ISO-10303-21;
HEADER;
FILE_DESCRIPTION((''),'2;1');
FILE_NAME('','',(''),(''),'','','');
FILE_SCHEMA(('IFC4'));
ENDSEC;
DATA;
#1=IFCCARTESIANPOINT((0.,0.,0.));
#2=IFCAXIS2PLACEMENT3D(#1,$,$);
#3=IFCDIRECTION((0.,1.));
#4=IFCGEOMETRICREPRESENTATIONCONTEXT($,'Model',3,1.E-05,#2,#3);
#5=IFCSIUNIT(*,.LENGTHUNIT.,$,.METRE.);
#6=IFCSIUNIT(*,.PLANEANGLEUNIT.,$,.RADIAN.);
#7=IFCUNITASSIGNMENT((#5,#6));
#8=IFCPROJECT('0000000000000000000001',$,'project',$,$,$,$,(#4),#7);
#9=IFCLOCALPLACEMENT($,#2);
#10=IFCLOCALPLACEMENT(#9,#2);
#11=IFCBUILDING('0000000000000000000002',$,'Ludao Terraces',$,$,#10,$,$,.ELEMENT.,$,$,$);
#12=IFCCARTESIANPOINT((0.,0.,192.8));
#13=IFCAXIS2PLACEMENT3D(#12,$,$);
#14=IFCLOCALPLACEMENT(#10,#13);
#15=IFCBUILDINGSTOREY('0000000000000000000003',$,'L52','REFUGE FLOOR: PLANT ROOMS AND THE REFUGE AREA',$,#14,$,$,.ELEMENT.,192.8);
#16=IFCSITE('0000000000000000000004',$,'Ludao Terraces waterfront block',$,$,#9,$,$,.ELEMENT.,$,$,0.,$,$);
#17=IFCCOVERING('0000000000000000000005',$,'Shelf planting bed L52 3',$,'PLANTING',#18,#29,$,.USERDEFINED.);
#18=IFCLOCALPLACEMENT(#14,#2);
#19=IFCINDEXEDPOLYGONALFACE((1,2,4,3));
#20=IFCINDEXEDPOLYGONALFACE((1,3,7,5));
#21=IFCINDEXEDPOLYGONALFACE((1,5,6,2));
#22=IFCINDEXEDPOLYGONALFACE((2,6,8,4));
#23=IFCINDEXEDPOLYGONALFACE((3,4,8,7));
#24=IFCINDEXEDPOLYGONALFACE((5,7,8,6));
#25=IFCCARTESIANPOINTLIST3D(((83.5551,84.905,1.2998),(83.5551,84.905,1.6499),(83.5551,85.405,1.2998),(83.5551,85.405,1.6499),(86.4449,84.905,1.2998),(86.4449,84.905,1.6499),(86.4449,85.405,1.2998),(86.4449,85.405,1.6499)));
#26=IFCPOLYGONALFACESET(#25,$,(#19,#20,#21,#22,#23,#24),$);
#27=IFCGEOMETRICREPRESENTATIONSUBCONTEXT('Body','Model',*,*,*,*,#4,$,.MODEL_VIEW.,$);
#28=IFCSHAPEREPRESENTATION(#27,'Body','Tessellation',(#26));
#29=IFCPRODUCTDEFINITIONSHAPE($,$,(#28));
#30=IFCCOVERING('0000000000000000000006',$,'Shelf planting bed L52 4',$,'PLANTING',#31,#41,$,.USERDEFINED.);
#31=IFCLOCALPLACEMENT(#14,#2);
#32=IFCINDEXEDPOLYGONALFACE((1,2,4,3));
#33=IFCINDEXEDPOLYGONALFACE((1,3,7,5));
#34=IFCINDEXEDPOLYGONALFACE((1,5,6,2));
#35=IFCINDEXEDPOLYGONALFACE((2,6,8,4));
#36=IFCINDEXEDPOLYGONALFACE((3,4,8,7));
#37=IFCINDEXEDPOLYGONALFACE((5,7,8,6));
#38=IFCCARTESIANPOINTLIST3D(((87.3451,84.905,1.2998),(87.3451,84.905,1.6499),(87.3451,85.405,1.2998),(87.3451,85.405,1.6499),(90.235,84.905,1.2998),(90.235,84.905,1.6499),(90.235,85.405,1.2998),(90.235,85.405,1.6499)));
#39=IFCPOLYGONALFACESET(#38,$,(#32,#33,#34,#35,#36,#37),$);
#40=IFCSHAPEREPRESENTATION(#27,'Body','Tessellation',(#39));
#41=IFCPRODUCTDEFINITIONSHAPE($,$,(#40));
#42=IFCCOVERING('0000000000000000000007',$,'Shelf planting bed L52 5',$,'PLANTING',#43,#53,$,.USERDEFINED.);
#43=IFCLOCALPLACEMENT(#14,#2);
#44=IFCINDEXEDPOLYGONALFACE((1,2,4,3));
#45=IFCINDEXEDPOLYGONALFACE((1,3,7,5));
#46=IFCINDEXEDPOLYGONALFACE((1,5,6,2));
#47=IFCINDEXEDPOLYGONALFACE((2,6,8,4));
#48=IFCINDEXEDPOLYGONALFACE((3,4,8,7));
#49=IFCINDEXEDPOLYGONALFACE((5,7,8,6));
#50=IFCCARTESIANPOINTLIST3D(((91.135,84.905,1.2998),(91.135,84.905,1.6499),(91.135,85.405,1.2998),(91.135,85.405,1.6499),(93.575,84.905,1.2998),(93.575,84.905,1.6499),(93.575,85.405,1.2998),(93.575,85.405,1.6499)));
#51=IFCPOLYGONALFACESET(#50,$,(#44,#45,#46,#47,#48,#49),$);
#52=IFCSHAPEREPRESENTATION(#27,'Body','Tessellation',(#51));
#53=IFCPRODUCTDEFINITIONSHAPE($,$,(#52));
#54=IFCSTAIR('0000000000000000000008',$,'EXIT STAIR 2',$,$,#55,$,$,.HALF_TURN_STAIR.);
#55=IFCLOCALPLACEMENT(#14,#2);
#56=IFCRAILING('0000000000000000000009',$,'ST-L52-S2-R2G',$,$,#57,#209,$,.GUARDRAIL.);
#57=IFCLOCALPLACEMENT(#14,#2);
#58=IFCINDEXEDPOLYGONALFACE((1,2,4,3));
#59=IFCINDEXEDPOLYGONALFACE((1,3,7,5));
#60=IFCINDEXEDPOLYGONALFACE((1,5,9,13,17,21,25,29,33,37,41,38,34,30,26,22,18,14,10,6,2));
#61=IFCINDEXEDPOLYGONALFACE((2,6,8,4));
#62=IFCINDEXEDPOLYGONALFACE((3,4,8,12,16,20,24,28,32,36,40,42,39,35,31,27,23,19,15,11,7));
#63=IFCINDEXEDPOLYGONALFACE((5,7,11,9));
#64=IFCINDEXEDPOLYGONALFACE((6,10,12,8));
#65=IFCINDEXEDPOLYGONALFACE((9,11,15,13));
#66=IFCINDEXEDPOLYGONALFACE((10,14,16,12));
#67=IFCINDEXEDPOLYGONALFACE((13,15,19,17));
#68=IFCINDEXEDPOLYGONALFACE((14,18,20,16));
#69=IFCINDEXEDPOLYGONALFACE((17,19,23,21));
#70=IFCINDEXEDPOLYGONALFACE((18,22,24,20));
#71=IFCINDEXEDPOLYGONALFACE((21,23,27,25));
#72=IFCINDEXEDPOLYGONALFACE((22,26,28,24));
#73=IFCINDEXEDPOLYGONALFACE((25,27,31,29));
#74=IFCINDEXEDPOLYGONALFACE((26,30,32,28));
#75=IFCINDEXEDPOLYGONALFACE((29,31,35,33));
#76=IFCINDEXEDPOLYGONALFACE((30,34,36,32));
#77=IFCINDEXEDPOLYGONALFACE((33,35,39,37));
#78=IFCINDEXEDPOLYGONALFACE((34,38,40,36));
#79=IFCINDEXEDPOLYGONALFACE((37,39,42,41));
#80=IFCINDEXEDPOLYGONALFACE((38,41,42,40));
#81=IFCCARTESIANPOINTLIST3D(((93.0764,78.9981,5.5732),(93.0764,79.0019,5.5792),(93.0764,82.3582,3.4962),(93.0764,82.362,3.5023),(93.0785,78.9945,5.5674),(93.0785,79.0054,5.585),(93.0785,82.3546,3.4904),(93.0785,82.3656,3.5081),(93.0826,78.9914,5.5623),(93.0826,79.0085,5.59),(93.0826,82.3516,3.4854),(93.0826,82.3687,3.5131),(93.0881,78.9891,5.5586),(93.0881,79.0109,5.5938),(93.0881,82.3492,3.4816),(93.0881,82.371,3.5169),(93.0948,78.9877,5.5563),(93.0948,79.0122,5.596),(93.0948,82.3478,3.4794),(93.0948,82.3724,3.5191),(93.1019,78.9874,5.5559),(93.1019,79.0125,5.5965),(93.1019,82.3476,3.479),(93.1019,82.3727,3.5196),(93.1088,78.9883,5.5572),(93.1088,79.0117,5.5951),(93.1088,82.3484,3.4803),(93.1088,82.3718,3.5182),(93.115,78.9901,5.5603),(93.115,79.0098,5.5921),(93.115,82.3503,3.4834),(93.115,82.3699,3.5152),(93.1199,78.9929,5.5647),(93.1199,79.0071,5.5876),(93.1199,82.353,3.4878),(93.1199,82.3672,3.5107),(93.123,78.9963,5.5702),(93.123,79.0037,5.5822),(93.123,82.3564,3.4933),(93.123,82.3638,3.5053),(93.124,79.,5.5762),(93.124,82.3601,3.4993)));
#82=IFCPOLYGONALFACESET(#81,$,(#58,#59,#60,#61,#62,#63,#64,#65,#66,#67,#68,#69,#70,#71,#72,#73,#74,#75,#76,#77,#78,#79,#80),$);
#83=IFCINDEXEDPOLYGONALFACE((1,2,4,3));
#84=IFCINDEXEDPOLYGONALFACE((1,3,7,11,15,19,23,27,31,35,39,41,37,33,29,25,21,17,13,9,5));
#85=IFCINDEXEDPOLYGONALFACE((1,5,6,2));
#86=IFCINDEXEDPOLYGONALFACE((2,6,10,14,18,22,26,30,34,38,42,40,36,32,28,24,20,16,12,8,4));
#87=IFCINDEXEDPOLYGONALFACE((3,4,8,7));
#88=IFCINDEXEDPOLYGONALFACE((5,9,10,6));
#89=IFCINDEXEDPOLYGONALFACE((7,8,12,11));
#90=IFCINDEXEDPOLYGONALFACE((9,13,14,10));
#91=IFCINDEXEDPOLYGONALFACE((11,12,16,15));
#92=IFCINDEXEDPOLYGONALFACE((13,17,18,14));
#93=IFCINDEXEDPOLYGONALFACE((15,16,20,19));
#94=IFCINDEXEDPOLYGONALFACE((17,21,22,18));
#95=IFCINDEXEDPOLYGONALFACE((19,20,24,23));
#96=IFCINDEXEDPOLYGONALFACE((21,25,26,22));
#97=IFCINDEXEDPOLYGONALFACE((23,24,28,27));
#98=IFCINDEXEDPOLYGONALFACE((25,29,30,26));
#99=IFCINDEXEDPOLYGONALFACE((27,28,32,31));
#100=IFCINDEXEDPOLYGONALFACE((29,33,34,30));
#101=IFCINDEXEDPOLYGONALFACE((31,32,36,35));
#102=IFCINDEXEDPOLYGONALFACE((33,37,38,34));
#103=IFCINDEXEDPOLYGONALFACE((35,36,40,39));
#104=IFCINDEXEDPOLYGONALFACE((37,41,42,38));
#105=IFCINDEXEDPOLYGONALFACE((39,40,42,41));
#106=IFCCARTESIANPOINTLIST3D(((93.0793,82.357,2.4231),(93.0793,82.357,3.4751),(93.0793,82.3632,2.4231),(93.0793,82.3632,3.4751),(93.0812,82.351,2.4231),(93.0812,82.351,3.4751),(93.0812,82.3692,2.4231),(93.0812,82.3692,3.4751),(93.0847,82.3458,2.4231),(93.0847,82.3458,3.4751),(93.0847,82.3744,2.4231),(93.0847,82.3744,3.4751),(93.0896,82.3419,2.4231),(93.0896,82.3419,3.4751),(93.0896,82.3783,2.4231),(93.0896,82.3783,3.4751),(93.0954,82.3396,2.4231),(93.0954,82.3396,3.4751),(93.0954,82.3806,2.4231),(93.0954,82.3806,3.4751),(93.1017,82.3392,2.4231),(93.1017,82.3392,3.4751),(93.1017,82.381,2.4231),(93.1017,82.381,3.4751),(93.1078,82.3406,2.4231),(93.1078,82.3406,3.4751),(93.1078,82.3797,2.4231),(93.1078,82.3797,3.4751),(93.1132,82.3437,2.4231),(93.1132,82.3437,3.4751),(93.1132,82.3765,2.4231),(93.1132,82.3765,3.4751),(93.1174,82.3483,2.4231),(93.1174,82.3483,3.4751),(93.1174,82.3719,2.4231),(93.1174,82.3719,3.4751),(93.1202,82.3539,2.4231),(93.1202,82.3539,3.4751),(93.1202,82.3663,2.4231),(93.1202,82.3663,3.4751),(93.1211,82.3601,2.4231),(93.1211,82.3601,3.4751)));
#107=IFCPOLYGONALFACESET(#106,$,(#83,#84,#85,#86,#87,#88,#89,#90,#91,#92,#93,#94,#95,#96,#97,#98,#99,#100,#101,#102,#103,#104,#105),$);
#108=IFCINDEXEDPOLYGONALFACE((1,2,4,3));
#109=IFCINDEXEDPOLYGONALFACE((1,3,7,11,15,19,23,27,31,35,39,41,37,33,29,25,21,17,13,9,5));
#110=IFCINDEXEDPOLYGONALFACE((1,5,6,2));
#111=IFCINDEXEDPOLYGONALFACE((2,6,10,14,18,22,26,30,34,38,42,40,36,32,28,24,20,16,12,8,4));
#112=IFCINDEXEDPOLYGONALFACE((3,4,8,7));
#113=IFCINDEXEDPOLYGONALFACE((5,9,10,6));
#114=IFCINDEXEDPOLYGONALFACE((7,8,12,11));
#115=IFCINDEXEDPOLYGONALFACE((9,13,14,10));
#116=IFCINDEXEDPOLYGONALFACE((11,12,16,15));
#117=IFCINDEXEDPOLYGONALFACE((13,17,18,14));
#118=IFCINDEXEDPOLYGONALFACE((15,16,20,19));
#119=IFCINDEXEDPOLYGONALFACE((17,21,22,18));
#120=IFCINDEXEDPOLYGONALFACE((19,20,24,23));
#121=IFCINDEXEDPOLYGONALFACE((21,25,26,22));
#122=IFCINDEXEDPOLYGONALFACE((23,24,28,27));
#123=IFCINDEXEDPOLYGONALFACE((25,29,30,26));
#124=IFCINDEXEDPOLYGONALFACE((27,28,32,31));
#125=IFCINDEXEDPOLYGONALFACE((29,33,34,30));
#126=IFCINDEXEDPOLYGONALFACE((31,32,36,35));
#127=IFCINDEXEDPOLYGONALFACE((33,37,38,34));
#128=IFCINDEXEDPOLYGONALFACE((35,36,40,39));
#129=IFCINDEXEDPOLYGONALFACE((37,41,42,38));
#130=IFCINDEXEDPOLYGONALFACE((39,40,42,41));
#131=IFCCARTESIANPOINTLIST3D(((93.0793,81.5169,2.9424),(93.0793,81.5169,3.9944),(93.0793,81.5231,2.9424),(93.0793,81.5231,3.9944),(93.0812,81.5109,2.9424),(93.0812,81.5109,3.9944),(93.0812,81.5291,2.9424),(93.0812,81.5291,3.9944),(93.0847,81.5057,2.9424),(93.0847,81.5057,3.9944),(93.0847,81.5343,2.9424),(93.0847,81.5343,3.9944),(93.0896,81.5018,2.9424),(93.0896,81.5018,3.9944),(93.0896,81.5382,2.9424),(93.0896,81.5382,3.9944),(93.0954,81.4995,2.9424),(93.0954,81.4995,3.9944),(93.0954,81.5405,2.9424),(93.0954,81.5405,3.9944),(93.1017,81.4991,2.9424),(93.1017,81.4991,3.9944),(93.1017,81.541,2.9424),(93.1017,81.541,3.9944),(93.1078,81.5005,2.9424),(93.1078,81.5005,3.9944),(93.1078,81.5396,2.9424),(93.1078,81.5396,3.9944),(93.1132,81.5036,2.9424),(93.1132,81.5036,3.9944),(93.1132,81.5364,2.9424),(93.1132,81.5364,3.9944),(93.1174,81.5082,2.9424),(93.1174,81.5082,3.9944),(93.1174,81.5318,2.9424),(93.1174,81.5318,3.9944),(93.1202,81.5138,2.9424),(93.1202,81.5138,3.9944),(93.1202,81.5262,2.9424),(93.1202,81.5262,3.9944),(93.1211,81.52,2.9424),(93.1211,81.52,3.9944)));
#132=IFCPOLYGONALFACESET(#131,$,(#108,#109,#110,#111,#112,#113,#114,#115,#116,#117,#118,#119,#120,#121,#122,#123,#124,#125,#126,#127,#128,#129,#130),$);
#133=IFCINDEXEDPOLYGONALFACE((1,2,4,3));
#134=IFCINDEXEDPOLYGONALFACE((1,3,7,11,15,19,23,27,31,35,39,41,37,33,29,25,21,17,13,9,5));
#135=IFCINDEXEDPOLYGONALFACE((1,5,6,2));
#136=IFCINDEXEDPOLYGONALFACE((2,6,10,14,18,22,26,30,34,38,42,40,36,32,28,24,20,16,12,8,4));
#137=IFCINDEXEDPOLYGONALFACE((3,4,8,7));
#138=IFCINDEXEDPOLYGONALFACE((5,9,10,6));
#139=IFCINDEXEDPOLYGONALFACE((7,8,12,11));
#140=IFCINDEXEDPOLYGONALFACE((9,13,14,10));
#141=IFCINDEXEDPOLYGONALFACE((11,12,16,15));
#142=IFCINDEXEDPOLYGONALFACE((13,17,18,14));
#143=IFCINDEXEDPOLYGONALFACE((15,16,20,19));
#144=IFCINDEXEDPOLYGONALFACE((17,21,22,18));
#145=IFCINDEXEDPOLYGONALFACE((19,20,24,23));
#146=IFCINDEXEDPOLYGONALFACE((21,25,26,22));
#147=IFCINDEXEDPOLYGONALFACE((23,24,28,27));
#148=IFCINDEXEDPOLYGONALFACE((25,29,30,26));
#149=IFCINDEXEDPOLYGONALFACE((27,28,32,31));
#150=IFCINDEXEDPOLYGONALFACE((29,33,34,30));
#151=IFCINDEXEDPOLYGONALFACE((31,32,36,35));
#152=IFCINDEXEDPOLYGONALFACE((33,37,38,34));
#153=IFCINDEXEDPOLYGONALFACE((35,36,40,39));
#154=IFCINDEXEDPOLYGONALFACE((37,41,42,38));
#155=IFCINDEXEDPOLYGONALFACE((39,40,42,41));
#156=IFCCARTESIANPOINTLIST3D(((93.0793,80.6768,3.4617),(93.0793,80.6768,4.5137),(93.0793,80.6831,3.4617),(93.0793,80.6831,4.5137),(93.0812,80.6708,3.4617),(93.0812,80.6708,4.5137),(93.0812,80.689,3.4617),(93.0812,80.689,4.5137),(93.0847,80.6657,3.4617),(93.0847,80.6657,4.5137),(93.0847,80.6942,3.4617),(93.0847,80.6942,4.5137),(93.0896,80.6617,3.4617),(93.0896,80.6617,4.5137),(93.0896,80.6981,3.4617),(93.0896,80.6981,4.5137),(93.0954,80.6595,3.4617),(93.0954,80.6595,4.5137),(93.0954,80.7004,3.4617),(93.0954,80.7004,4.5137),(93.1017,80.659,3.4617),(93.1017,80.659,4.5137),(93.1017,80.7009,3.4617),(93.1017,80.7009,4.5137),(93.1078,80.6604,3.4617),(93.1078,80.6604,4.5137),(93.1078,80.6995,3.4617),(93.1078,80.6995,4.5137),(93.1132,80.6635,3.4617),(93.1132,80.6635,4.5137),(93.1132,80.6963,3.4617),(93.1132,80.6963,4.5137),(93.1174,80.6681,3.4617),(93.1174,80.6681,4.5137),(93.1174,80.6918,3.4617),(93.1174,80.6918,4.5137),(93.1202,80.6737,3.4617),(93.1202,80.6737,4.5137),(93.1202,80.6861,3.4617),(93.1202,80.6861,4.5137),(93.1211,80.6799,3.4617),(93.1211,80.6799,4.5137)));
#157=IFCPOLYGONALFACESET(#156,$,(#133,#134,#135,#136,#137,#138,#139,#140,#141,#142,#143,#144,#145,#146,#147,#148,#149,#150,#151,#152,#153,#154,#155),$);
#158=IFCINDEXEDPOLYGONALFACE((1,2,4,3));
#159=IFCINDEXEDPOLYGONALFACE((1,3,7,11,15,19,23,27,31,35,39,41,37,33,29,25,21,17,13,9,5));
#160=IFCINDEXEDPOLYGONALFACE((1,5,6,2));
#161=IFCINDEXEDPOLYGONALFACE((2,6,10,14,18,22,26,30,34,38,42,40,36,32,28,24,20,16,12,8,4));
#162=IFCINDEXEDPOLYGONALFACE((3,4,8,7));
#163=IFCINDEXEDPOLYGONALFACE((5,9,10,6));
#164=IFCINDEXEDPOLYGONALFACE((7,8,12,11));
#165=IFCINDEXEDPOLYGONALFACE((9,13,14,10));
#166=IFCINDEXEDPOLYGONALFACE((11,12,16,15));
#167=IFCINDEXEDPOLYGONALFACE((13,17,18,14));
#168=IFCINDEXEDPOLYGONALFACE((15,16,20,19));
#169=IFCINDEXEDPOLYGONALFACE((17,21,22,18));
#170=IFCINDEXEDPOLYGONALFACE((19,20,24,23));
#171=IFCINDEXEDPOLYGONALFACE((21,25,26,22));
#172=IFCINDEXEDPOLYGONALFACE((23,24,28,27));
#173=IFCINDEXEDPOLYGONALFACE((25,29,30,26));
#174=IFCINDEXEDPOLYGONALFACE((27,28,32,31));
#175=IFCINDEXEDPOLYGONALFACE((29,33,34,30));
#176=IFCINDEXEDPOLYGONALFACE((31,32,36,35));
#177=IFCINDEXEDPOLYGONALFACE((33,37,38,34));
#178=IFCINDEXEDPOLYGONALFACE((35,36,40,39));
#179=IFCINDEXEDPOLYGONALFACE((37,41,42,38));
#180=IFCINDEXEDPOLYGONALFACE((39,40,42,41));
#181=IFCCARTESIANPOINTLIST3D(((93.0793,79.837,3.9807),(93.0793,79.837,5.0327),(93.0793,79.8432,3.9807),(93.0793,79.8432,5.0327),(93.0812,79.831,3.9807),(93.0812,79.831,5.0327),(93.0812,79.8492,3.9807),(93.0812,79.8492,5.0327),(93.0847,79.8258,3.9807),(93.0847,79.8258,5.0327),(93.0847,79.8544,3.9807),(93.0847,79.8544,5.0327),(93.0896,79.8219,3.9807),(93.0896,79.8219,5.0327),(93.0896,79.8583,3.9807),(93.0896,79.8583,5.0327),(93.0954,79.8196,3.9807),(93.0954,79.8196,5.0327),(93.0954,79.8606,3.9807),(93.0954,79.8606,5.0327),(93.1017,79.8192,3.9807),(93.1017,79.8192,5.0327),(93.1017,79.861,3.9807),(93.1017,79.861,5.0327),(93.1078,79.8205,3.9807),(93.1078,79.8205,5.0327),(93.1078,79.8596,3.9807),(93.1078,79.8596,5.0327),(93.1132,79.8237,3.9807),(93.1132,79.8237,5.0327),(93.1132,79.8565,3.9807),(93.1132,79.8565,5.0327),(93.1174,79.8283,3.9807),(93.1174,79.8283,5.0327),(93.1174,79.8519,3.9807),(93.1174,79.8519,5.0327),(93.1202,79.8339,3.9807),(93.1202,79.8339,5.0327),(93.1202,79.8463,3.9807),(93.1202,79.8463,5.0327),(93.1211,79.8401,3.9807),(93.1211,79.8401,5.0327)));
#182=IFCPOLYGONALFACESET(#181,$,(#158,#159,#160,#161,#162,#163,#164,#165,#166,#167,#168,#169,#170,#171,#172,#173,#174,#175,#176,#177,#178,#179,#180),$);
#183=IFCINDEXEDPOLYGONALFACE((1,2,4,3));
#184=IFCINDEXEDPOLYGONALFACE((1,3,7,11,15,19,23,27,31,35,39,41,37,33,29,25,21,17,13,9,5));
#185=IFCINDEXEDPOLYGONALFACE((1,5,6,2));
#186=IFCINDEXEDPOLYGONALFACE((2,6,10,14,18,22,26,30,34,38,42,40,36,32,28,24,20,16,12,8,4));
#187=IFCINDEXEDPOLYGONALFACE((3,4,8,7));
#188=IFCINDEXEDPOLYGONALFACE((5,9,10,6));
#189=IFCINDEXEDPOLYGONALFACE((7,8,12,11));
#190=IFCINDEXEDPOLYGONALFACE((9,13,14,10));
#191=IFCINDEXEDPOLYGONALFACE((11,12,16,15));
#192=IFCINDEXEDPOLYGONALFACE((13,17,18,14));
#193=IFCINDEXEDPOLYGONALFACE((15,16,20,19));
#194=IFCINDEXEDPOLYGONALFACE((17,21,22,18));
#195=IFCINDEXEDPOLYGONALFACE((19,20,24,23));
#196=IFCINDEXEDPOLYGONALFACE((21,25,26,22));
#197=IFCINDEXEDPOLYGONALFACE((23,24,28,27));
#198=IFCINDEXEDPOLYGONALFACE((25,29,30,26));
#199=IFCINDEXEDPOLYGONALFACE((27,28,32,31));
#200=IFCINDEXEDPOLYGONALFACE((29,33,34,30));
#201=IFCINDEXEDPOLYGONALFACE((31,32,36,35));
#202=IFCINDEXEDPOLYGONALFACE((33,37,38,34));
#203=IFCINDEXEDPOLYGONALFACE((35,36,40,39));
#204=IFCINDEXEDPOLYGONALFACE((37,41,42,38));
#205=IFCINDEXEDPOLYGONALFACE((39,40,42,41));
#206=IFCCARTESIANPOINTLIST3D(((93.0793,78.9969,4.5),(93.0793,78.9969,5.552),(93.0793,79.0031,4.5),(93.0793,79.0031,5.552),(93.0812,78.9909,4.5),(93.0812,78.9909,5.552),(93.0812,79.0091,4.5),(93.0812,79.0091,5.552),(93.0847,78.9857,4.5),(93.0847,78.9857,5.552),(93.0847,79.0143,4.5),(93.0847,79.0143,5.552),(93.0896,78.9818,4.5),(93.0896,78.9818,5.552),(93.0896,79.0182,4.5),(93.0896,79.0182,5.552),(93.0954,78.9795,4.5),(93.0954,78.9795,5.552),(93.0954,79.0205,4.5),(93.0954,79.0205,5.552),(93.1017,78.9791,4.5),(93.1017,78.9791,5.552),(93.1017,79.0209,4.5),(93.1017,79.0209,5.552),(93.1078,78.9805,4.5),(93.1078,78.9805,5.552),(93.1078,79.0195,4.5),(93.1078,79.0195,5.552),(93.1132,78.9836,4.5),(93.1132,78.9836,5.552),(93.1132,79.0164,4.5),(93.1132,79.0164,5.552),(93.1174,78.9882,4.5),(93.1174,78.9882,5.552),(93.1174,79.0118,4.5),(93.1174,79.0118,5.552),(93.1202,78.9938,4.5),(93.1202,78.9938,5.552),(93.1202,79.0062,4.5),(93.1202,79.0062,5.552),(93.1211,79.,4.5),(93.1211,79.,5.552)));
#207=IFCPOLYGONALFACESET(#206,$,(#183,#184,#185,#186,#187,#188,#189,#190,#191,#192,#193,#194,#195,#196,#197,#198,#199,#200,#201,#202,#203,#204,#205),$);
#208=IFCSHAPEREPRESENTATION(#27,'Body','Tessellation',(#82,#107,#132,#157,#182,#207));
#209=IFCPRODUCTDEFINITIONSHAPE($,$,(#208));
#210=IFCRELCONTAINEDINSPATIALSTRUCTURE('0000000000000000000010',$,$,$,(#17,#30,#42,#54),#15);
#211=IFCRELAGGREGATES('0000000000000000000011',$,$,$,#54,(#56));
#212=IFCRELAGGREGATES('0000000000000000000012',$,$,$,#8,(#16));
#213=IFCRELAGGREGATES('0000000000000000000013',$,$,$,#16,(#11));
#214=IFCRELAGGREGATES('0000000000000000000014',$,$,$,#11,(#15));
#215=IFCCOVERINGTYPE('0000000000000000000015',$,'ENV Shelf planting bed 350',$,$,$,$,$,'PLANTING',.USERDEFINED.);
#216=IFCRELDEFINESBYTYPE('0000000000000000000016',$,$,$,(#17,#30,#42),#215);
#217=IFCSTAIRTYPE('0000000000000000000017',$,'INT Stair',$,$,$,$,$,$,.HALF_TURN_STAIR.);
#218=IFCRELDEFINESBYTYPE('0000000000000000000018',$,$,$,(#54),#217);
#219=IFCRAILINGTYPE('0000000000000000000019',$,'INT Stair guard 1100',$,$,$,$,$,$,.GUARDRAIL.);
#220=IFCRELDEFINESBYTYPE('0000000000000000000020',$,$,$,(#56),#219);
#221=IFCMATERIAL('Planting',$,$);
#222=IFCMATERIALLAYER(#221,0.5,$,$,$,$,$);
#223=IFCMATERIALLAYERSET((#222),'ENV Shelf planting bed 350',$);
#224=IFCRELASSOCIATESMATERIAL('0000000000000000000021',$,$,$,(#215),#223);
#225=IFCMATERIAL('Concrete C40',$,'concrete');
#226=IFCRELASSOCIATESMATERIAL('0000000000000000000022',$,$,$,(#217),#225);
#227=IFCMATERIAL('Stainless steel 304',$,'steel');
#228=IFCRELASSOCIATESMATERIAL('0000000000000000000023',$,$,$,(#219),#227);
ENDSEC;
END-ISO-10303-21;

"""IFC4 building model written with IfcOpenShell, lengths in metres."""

from ifc_helpers import new_model, si_unit, direction, frame, origin, origin_2d, place, context, subcontext, project, spatial, rectangle, circle, extrude, material, layer, layer_set, type_object, element, aggregate, save


model = new_model("IFC4")

# Units and contexts
model_context = context("Model", 3, precision=1e-05, world=origin(), true_north=direction((0.0, 1.0)))
body_context = subcontext(model_context, "Body", "Model", "MODEL_VIEW")
ifc_project = project(units=[si_unit("LENGTHUNIT", "METRE"), si_unit("PLANEANGLEUNIT", "RADIAN")], contexts=[model_context])

# Site, building, storey
site_placement = place(None, origin())
site = spatial("IfcSite", under=ifc_project, at=site_placement, Name="Ludao Terraces waterfront block", CompositionType="ELEMENT", RefElevation=0.0)
building_placement = place(site_placement, origin())
building = spatial("IfcBuilding", under=site, at=building_placement, Name="Ludao Terraces", CompositionType="ELEMENT")
storey_placement = place(building_placement, frame((0.0, 0.0, 192.8)))
storey = spatial("IfcBuildingStorey", under=building, at=storey_placement, Name="L52", Description="REFUGE FLOOR: PLANT ROOMS AND THE REFUGE AREA", CompositionType="ELEMENT", Elevation=192.8)

# Shared definitions
ifc_material_1 = material(Name="Stainless steel 304", Category="steel")

# Coverings
ifc_material_2 = material(Name="Planting")
ifc_layer_1 = layer(ifc_material_2, 0.5)
ifc_layer_set_1 = layer_set([ifc_layer_1], Name="ENV Shelf planting bed 350")
covering_type_1 = type_object("IfcCoveringType", Name="ENV Shelf planting bed 350", ElementType="PLANTING", PredefinedType="USERDEFINED", material=ifc_layer_set_1)
for number, where, z_axis, x_axis, name in (
    (1, (85.0, 85.155, 1.2998), (0.0, 0.0, 1.0), (1.0, 0.0, 0.0), "Shelf planting bed L52 3"),
    (2, (88.79, 85.155, 1.2998), (0.0, 0.0, 1.0), (1.0, 0.0, 0.0), "Shelf planting bed L52 4"),
):
    element("IfcCovering", number, at=place(storey_placement, frame(where, z_axis=z_axis, x_axis=x_axis)), inside=storey, type_object=covering_type_1, Name=name, ObjectType="PLANTING", PredefinedType="USERDEFINED", context=body_context, shape_type="SweptSolid", body=[
        extrude(rectangle(XDim=2.8899, YDim=0.5, at=origin_2d()), origin(), (0.0, 0.0, 1.0), 0.3501),
    ])
covering_1_placement = place(storey_placement, frame((92.355, 85.155, 1.2998), z_axis=(0.0, 0.0, 1.0), x_axis=(1.0, 0.0, 0.0)))
element("IfcCovering", 3, at=covering_1_placement, inside=storey, type_object=covering_type_1, Name="Shelf planting bed L52 5", ObjectType="PLANTING", PredefinedType="USERDEFINED", context=body_context, shape_type="SweptSolid", body=[
    extrude(rectangle(XDim=2.4399, YDim=0.5, at=origin_2d()), origin(), (0.0, 0.0, 1.0), 0.3501),
])

# Stair, railing
ifc_material_3 = material(Name="Concrete C40", Category="concrete")
stair_type = type_object("IfcStairType", Name="INT Stair", PredefinedType="HALF_TURN_STAIR", material=ifc_material_3)
stair_placement = place(storey_placement, origin())
stair = element("IfcStair", 4, at=stair_placement, inside=storey, type_object=stair_type, Name="EXIT STAIR 2", PredefinedType="HALF_TURN_STAIR")
railing_type = type_object("IfcRailingType", Name="INT Stair guard 1100", PredefinedType="GUARDRAIL", material=ifc_material_1)
railing_1_placement = place(storey_placement, frame((93.1001, 82.3601, 2.4231)))
railing_1 = element("IfcRailing", 5, at=railing_1_placement, type_object=railing_type, Name="ST-L52-S2-R2G", PredefinedType="GUARDRAIL", context=body_context, shape_type="SweptSolid", body=[
    extrude(circle(Radius=0.0239, at=origin_2d()), frame((0.0, 0.0, 1.0762), z_axis=(0.0, -0.850623, 0.525776), x_axis=(1.0, 0.0, 0.0)), (0.0, 0.0, 1.0), 3.9502),
    extrude(circle(Radius=0.021, at=origin_2d()), origin(), (0.0, 0.0, 1.0), 1.052),
    extrude(circle(Radius=0.021, at=origin_2d()), frame((0.0, -0.8401, 0.5193)), (0.0, 0.0, 1.0), 1.052),
    extrude(circle(Radius=0.021, at=origin_2d()), frame((0.0, -1.6802, 1.0386)), (0.0, 0.0, 1.0), 1.052),
    extrude(circle(Radius=0.021, at=origin_2d()), frame((0.0, -2.52, 1.5576)), (0.0, 0.0, 1.0), 1.052),
    extrude(circle(Radius=0.021, at=origin_2d()), frame((0.0, -3.3601, 2.0769)), (0.0, 0.0, 1.0), 1.052),
])
aggregate(stair, [railing_1])

save(model, "model.ifc")
